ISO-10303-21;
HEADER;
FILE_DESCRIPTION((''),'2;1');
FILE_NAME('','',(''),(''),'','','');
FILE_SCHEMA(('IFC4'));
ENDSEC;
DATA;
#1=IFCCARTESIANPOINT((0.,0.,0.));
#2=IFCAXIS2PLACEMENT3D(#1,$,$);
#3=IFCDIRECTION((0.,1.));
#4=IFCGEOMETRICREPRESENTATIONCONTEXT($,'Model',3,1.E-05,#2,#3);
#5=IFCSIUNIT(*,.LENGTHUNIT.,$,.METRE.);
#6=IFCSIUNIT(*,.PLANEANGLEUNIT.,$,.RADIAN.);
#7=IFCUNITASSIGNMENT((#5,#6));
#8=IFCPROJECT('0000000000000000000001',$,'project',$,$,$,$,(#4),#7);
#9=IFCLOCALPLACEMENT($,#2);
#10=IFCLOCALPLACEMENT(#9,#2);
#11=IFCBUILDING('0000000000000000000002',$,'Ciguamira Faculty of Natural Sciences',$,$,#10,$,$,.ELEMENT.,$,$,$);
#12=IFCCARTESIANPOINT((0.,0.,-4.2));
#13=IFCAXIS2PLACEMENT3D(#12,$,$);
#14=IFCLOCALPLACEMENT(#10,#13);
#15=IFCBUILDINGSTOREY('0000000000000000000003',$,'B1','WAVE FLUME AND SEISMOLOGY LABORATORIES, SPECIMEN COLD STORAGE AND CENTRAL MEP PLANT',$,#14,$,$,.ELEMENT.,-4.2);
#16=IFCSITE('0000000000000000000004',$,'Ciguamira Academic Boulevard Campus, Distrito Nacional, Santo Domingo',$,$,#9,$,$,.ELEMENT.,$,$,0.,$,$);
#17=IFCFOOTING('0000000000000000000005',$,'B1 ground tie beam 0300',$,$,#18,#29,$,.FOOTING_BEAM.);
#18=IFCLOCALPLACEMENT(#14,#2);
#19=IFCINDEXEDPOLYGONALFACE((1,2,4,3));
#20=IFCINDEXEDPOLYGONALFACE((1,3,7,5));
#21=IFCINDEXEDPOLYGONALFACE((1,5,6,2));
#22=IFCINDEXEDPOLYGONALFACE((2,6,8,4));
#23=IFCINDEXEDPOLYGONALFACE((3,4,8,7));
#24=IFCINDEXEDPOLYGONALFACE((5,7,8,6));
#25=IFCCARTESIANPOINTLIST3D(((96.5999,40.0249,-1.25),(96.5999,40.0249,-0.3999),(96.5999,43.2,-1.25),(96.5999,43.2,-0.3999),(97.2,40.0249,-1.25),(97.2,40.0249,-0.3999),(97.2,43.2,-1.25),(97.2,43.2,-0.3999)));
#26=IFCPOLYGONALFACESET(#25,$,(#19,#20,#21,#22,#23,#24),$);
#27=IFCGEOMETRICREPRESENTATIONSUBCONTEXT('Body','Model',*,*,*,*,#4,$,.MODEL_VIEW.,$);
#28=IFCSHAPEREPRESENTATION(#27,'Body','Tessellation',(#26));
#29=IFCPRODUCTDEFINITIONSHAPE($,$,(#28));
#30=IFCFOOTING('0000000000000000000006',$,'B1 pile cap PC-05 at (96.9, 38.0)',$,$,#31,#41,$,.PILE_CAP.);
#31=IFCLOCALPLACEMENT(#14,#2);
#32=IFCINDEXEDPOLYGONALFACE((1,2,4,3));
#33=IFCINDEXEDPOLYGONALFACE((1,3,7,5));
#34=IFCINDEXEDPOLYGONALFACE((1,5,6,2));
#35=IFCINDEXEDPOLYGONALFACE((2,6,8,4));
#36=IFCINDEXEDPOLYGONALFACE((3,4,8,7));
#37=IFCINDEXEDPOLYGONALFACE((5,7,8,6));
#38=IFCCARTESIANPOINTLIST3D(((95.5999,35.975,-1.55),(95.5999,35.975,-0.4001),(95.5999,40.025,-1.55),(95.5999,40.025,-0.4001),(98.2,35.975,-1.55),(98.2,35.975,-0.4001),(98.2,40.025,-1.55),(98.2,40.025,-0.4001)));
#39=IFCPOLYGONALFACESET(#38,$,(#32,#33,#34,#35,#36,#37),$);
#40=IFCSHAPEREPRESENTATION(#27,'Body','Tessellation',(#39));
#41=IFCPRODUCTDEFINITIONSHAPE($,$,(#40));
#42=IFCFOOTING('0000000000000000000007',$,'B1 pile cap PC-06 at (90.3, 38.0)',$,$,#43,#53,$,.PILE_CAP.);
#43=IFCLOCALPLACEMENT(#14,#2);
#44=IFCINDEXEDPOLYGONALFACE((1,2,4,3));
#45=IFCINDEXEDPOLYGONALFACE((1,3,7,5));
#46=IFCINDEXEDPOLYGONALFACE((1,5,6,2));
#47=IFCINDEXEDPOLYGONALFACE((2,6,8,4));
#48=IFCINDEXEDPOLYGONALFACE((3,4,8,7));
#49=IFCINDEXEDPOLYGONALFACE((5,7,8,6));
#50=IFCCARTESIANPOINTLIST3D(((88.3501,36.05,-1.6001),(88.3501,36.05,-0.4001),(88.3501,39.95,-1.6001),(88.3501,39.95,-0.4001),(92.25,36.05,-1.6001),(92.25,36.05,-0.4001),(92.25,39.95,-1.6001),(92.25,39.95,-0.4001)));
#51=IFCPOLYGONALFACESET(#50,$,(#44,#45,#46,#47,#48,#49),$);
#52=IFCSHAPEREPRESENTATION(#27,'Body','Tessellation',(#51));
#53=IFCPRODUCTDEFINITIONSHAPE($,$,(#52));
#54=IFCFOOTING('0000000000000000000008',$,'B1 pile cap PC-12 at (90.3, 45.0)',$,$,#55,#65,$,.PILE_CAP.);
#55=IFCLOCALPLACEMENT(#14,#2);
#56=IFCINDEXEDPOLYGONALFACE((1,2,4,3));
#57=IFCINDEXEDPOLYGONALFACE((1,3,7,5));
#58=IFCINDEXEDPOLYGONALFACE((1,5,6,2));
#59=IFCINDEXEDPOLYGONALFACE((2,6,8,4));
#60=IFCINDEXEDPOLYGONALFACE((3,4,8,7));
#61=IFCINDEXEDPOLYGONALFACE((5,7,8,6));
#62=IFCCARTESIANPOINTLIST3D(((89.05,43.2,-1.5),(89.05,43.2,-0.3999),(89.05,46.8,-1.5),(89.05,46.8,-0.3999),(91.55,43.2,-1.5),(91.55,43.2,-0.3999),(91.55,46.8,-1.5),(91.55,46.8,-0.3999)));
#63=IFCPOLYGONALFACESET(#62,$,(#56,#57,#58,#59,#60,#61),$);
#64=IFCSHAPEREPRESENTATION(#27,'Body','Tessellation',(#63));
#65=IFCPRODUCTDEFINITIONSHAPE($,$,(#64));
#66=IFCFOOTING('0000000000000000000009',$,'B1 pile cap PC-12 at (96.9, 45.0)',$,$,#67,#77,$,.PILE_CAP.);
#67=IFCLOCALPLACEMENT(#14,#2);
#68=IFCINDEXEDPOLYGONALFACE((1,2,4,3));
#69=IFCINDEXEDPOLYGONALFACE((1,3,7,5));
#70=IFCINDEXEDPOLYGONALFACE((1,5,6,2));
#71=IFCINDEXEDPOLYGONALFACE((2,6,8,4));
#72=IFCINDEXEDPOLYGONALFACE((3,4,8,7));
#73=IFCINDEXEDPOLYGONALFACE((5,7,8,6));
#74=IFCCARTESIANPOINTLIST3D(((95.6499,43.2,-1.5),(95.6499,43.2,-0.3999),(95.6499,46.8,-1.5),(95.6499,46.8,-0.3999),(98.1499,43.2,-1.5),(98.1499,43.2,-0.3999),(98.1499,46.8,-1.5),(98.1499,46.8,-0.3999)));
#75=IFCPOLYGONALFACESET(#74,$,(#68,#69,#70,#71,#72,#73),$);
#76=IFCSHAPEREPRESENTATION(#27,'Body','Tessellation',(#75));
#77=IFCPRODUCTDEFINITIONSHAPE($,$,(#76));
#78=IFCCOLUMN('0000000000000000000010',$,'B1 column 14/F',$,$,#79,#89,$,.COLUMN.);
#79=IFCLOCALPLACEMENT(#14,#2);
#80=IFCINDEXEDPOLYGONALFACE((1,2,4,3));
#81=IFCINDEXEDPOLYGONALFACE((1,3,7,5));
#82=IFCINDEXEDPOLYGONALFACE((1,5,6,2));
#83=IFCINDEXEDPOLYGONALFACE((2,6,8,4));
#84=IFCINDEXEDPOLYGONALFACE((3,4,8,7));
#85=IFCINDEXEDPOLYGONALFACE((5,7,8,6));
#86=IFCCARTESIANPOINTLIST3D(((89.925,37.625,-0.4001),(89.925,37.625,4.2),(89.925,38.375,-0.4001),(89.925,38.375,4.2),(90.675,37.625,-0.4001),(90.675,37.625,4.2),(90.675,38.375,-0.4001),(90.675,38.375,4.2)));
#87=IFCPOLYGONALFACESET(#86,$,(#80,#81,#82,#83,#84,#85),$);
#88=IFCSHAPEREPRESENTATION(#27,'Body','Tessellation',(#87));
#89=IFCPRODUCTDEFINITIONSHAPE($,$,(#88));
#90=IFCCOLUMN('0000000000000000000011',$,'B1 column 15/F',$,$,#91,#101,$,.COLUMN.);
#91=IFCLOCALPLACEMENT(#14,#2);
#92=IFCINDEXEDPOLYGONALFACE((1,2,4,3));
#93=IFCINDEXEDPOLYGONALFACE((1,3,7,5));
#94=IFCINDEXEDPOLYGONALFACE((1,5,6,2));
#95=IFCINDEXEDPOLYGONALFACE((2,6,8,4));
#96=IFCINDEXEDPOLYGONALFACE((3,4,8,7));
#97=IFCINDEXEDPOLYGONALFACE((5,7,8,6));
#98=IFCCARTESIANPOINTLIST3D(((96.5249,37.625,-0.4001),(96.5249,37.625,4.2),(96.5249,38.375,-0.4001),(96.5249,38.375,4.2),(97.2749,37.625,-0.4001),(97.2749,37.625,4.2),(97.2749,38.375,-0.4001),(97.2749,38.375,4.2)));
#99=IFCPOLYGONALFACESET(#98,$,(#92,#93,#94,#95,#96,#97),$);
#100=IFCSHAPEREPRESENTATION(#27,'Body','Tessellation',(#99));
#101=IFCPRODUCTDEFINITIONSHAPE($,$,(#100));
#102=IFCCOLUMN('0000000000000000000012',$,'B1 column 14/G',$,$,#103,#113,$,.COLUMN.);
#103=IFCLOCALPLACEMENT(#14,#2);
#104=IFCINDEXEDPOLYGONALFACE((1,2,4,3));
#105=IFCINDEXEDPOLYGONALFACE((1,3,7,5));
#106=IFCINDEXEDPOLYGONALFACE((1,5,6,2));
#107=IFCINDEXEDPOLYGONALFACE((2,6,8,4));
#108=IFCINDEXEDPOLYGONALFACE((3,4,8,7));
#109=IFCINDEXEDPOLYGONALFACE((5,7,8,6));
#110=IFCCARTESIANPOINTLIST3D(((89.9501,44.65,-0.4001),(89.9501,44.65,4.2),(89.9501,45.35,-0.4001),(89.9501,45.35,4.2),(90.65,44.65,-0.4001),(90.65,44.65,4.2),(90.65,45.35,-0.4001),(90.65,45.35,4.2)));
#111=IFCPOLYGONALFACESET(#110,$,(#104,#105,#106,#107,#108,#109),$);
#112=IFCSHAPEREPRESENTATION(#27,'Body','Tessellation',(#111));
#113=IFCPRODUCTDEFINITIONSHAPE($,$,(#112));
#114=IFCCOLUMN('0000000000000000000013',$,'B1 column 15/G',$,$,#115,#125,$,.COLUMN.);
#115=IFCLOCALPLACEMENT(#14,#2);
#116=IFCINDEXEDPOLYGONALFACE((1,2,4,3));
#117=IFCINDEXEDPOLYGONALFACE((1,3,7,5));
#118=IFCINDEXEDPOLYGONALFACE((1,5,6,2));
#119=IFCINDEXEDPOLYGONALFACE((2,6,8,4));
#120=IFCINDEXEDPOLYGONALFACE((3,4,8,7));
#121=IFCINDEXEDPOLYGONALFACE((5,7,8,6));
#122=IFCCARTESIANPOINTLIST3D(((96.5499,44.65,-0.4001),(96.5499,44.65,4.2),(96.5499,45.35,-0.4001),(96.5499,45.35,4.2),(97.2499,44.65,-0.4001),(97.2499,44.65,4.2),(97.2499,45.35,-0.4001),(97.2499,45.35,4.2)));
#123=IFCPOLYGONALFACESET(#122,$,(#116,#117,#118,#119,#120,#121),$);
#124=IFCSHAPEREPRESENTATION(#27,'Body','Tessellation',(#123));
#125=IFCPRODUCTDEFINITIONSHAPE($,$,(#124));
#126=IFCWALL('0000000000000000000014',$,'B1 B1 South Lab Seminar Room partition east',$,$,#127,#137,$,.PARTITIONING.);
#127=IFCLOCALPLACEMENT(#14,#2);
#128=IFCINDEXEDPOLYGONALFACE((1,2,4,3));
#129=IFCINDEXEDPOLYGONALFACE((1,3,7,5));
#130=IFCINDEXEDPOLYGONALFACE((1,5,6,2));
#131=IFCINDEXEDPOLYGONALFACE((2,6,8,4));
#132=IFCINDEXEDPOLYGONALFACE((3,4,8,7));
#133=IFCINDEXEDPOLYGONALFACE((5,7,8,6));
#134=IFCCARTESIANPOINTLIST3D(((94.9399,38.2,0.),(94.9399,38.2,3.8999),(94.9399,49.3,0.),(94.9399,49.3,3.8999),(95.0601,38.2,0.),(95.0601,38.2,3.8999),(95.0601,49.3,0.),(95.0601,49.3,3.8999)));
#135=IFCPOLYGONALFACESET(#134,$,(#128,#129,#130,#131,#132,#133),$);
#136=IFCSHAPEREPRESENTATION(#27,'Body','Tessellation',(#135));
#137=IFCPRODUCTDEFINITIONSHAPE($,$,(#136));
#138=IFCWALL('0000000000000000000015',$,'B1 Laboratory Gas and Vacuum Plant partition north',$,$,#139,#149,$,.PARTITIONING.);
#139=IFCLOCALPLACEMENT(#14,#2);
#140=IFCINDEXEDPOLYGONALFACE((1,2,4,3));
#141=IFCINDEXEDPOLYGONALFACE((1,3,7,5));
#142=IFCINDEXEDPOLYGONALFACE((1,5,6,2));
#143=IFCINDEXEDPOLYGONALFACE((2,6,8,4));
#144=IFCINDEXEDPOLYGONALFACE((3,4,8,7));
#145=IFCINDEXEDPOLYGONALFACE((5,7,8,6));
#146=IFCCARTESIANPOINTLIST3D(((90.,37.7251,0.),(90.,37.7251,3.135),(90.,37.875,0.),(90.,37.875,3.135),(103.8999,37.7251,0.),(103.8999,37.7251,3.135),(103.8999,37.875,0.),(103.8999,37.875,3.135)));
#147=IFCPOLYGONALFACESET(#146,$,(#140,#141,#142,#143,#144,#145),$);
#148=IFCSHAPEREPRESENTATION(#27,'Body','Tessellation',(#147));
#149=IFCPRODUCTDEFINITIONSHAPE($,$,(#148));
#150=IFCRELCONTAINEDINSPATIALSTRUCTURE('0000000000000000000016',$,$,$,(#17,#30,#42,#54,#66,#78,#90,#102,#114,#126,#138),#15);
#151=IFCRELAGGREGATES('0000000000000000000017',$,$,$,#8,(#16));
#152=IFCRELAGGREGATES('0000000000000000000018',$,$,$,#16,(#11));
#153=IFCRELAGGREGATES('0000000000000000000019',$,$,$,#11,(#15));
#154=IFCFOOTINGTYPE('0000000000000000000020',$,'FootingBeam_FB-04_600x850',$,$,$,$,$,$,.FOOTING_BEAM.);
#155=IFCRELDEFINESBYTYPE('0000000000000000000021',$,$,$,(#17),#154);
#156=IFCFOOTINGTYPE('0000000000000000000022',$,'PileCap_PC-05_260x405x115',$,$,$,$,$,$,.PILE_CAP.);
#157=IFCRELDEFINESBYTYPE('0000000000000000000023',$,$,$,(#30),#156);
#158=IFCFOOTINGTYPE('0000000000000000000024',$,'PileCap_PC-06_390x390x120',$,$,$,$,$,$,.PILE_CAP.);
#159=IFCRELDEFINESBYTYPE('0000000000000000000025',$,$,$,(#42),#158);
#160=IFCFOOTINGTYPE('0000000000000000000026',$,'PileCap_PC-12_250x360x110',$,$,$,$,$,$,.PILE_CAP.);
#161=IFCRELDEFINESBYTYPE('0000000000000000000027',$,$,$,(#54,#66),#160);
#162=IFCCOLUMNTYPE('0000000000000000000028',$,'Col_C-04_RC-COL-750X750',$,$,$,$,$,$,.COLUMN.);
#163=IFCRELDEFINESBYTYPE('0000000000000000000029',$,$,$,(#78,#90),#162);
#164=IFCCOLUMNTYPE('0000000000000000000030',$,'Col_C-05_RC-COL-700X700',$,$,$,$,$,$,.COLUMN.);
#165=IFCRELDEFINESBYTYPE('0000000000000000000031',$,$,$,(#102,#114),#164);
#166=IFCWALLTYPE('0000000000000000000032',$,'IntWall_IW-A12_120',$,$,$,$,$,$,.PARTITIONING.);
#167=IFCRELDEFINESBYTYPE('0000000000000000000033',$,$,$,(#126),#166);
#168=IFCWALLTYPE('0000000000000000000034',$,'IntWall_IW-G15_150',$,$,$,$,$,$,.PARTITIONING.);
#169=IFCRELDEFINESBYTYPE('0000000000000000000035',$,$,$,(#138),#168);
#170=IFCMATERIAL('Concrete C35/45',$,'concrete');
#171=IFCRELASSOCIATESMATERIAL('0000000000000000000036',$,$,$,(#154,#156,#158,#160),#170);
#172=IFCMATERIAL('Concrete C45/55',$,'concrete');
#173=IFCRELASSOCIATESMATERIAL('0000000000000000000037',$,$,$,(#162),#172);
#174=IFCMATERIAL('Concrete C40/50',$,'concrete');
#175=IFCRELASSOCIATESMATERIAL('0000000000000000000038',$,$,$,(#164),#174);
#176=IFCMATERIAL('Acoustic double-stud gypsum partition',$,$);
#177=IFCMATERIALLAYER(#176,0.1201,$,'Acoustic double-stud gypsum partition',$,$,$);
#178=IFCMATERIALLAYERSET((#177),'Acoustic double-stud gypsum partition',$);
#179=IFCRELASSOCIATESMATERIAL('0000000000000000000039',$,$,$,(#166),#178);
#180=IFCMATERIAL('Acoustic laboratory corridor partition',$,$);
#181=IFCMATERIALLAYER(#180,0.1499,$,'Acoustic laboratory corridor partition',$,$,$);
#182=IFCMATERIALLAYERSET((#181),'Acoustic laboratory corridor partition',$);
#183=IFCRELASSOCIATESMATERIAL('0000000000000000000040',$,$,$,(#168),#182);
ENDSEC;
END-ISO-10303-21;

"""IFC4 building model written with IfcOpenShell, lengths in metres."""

from ifc_helpers import new_model, si_unit, direction, frame, frame_2d, origin, origin_2d, place, context, subcontext, project, spatial, rectangle, extrude, material, layer, layer_set, material_profile, profile_set, type_object, element, save


model = new_model("IFC4")

# Units and contexts
model_context = context("Model", 3, precision=1e-05, world=origin(), true_north=direction((0.0, 1.0)))
body_context = subcontext(model_context, "Body", "Model", "MODEL_VIEW")
ifc_project = project(units=[si_unit("LENGTHUNIT", "METRE"), si_unit("PLANEANGLEUNIT", "RADIAN")], contexts=[model_context])

# Site, building, storey
site_placement = place(None, origin())
site = spatial("IfcSite", under=ifc_project, at=site_placement, Name="Ciguamira Academic Boulevard Campus, Distrito Nacional, Santo Domingo", CompositionType="ELEMENT", RefElevation=0.0)
building_placement = place(site_placement, origin())
building = spatial("IfcBuilding", under=site, at=building_placement, Name="Ciguamira Faculty of Natural Sciences", CompositionType="ELEMENT")
storey_placement = place(building_placement, frame((0.0, 0.0, -4.2)))
storey = spatial("IfcBuildingStorey", under=building, at=storey_placement, Name="B1", Description="WAVE FLUME AND SEISMOLOGY LABORATORIES, SPECIMEN COLD STORAGE AND CENTRAL MEP PLANT", CompositionType="ELEMENT", Elevation=-4.2)

# Shared definitions
ifc_material_1 = material(Name="Concrete C35/45", Category="concrete")

# Footings
ifc_material_profile_1 = material_profile(ifc_material_1, rectangle(XDim=0.6001, YDim=0.8501, at=origin_2d()), Name="RC-FB-600X850")
ifc_profile_set_1 = profile_set([ifc_material_profile_1], Name="Concrete C35/45")
footing_type_1 = type_object("IfcFootingType", Name="FootingBeam_FB-04_600x850", PredefinedType="FOOTING_BEAM", material=ifc_profile_set_1)
footing_1_placement = place(storey_placement, frame((96.8999, 40.0249, -0.825), z_axis=(0.0, 1.0, 0.0), x_axis=(-1.0, 0.0, 0.0)))
element("IfcFooting", 1, at=footing_1_placement, inside=storey, type_object=footing_type_1, Name="B1 ground tie beam 0300", PredefinedType="FOOTING_BEAM", context=body_context, shape_type="SweptSolid", body=[
    extrude(rectangle(XDim=0.6001, YDim=0.8501, at=origin_2d()), origin(), (0.0, 0.0, 1.0), 3.175),
])
footing_type_2 = type_object("IfcFootingType", Name="PileCap_PC-05_260x405x115", PredefinedType="PILE_CAP", material=ifc_material_1)
footing_2_placement = place(storey_placement, frame((96.8999, 38.0, -1.55), z_axis=(0.0, 0.0, 1.0), x_axis=(1.0, 0.0, 0.0)))
element("IfcFooting", 2, at=footing_2_placement, inside=storey, type_object=footing_type_2, Name="B1 pile cap PC-05 at (96.9, 38.0)", PredefinedType="PILE_CAP", context=body_context, shape_type="SweptSolid", body=[
    extrude(rectangle(XDim=2.6001, YDim=4.05, at=origin_2d()), origin(), (0.0, 0.0, 1.0), 1.1499),
])
footing_type_3 = type_object("IfcFootingType", Name="PileCap_PC-06_390x390x120", PredefinedType="PILE_CAP", material=ifc_material_1)
footing_3_placement = place(storey_placement, frame((90.3, 38.0, -1.6001), z_axis=(0.0, 0.0, 1.0), x_axis=(1.0, 0.0, 0.0)))
element("IfcFooting", 3, at=footing_3_placement, inside=storey, type_object=footing_type_3, Name="B1 pile cap PC-06 at (90.3, 38.0)", PredefinedType="PILE_CAP", context=body_context, shape_type="SweptSolid", body=[
    extrude(rectangle(XDim=3.8999, YDim=3.8999, at=origin_2d()), origin(), (0.0, 0.0, 1.0), 1.2),
])
footing_type_4 = type_object("IfcFootingType", Name="PileCap_PC-12_250x360x110", PredefinedType="PILE_CAP", material=ifc_material_1)
for number, where, z_axis, x_axis, name in (
    (4, (90.3, 45.0, -1.5), (0.0, 0.0, 1.0), (1.0, 0.0, 0.0), "B1 pile cap PC-12 at (90.3, 45.0)"),
    (5, (96.8999, 45.0, -1.5), (0.0, 0.0, 1.0), (1.0, 0.0, 0.0), "B1 pile cap PC-12 at (96.9, 45.0)"),
):
    element("IfcFooting", number, at=place(storey_placement, frame(where, z_axis=z_axis, x_axis=x_axis)), inside=storey, type_object=footing_type_4, Name=name, PredefinedType="PILE_CAP", context=body_context, shape_type="SweptSolid", body=[
        extrude(rectangle(XDim=2.5, YDim=3.6001, at=origin_2d()), origin(), (0.0, 0.0, 1.0), 1.1001),
    ])

# Columns
ifc_material_2 = material(Name="Concrete C45/55", Category="concrete")
ifc_material_profile_2 = material_profile(ifc_material_2, rectangle(XDim=0.75, YDim=0.75, at=origin_2d()), Name="RC-COL-750X750")
ifc_profile_set_2 = profile_set([ifc_material_profile_2], Name="Concrete C45/55")
column_type_1 = type_object("IfcColumnType", Name="Col_C-04_RC-COL-750X750", PredefinedType="COLUMN", material=ifc_profile_set_2)
for number, where, z_axis, x_axis, name in (
    (6, (90.3, 38.0, -0.4001), (0.0, 0.0, 1.0), (1.0, 0.0, 0.0), "B1 column 14/F"),
    (7, (96.8999, 38.0, -0.4001), (0.0, 0.0, 1.0), (1.0, 0.0, 0.0), "B1 column 15/F"),
):
    element("IfcColumn", number, at=place(storey_placement, frame(where, z_axis=z_axis, x_axis=x_axis)), inside=storey, type_object=column_type_1, Name=name, PredefinedType="COLUMN", context=body_context, shape_type="SweptSolid", body=[
        extrude(rectangle(XDim=0.75, YDim=0.75, at=origin_2d()), origin(), (0.0, 0.0, 1.0), 4.6001),
    ])
ifc_material_3 = material(Name="Concrete C40/50", Category="concrete")
ifc_material_profile_3 = material_profile(ifc_material_3, rectangle(XDim=0.7, YDim=0.7, at=origin_2d()), Name="RC-COL-700X700")
ifc_profile_set_3 = profile_set([ifc_material_profile_3], Name="Concrete C40/50")
column_type_2 = type_object("IfcColumnType", Name="Col_C-05_RC-COL-700X700", PredefinedType="COLUMN", material=ifc_profile_set_3)
for number, where, z_axis, x_axis, name in (
    (8, (90.3, 45.0, -0.4001), (0.0, 0.0, 1.0), (1.0, 0.0, 0.0), "B1 column 14/G"),
    (9, (96.8999, 45.0, -0.4001), (0.0, 0.0, 1.0), (1.0, 0.0, 0.0), "B1 column 15/G"),
):
    element("IfcColumn", number, at=place(storey_placement, frame(where, z_axis=z_axis, x_axis=x_axis)), inside=storey, type_object=column_type_2, Name=name, PredefinedType="COLUMN", context=body_context, shape_type="SweptSolid", body=[
        extrude(rectangle(XDim=0.7, YDim=0.7, at=origin_2d()), origin(), (0.0, 0.0, 1.0), 4.6001),
    ])

# Walls
ifc_material_4 = material(Name="Acoustic double-stud gypsum partition")
ifc_layer_1 = layer(ifc_material_4, 0.1201, Name="Acoustic double-stud gypsum partition")
ifc_layer_set_1 = layer_set([ifc_layer_1], Name="Acoustic double-stud gypsum partition")
wall_type_1 = type_object("IfcWallType", Name="IntWall_IW-A12_120", PredefinedType="PARTITIONING", material=ifc_layer_set_1)
wall_1_placement = place(storey_placement, frame((95.0, 38.2, 0.0), z_axis=(0.0, 0.0, 1.0), x_axis=(0.0, 1.0, 0.0)))
element("IfcWall", 10, at=wall_1_placement, inside=storey, type_object=wall_type_1, Name="B1 B1 South Lab Seminar Room partition east", PredefinedType="PARTITIONING", context=body_context, shape_type="SweptSolid", body=[
    extrude(rectangle(XDim=11.1001, YDim=0.1201, at=frame_2d((5.55, 0.0))), origin(), (0.0, 0.0, 1.0), 3.8999),
])
ifc_material_5 = material(Name="Acoustic laboratory corridor partition")
ifc_layer_2 = layer(ifc_material_5, 0.1499, Name="Acoustic laboratory corridor partition")
ifc_layer_set_2 = layer_set([ifc_layer_2], Name="Acoustic laboratory corridor partition")
wall_type_2 = type_object("IfcWallType", Name="IntWall_IW-G15_150", PredefinedType="PARTITIONING", material=ifc_layer_set_2)
wall_2_placement = place(storey_placement, frame((90.0, 37.8, 0.0), z_axis=(0.0, 0.0, 1.0), x_axis=(1.0, 0.0, 0.0)))
element("IfcWall", 11, at=wall_2_placement, inside=storey, type_object=wall_type_2, Name="B1 Laboratory Gas and Vacuum Plant partition north", PredefinedType="PARTITIONING", context=body_context, shape_type="SweptSolid", body=[
    extrude(rectangle(XDim=13.8999, YDim=0.1499, at=frame_2d((6.95, 0.0))), origin(), (0.0, 0.0, 1.0), 3.135),
])

save(model, "model.ifc")
